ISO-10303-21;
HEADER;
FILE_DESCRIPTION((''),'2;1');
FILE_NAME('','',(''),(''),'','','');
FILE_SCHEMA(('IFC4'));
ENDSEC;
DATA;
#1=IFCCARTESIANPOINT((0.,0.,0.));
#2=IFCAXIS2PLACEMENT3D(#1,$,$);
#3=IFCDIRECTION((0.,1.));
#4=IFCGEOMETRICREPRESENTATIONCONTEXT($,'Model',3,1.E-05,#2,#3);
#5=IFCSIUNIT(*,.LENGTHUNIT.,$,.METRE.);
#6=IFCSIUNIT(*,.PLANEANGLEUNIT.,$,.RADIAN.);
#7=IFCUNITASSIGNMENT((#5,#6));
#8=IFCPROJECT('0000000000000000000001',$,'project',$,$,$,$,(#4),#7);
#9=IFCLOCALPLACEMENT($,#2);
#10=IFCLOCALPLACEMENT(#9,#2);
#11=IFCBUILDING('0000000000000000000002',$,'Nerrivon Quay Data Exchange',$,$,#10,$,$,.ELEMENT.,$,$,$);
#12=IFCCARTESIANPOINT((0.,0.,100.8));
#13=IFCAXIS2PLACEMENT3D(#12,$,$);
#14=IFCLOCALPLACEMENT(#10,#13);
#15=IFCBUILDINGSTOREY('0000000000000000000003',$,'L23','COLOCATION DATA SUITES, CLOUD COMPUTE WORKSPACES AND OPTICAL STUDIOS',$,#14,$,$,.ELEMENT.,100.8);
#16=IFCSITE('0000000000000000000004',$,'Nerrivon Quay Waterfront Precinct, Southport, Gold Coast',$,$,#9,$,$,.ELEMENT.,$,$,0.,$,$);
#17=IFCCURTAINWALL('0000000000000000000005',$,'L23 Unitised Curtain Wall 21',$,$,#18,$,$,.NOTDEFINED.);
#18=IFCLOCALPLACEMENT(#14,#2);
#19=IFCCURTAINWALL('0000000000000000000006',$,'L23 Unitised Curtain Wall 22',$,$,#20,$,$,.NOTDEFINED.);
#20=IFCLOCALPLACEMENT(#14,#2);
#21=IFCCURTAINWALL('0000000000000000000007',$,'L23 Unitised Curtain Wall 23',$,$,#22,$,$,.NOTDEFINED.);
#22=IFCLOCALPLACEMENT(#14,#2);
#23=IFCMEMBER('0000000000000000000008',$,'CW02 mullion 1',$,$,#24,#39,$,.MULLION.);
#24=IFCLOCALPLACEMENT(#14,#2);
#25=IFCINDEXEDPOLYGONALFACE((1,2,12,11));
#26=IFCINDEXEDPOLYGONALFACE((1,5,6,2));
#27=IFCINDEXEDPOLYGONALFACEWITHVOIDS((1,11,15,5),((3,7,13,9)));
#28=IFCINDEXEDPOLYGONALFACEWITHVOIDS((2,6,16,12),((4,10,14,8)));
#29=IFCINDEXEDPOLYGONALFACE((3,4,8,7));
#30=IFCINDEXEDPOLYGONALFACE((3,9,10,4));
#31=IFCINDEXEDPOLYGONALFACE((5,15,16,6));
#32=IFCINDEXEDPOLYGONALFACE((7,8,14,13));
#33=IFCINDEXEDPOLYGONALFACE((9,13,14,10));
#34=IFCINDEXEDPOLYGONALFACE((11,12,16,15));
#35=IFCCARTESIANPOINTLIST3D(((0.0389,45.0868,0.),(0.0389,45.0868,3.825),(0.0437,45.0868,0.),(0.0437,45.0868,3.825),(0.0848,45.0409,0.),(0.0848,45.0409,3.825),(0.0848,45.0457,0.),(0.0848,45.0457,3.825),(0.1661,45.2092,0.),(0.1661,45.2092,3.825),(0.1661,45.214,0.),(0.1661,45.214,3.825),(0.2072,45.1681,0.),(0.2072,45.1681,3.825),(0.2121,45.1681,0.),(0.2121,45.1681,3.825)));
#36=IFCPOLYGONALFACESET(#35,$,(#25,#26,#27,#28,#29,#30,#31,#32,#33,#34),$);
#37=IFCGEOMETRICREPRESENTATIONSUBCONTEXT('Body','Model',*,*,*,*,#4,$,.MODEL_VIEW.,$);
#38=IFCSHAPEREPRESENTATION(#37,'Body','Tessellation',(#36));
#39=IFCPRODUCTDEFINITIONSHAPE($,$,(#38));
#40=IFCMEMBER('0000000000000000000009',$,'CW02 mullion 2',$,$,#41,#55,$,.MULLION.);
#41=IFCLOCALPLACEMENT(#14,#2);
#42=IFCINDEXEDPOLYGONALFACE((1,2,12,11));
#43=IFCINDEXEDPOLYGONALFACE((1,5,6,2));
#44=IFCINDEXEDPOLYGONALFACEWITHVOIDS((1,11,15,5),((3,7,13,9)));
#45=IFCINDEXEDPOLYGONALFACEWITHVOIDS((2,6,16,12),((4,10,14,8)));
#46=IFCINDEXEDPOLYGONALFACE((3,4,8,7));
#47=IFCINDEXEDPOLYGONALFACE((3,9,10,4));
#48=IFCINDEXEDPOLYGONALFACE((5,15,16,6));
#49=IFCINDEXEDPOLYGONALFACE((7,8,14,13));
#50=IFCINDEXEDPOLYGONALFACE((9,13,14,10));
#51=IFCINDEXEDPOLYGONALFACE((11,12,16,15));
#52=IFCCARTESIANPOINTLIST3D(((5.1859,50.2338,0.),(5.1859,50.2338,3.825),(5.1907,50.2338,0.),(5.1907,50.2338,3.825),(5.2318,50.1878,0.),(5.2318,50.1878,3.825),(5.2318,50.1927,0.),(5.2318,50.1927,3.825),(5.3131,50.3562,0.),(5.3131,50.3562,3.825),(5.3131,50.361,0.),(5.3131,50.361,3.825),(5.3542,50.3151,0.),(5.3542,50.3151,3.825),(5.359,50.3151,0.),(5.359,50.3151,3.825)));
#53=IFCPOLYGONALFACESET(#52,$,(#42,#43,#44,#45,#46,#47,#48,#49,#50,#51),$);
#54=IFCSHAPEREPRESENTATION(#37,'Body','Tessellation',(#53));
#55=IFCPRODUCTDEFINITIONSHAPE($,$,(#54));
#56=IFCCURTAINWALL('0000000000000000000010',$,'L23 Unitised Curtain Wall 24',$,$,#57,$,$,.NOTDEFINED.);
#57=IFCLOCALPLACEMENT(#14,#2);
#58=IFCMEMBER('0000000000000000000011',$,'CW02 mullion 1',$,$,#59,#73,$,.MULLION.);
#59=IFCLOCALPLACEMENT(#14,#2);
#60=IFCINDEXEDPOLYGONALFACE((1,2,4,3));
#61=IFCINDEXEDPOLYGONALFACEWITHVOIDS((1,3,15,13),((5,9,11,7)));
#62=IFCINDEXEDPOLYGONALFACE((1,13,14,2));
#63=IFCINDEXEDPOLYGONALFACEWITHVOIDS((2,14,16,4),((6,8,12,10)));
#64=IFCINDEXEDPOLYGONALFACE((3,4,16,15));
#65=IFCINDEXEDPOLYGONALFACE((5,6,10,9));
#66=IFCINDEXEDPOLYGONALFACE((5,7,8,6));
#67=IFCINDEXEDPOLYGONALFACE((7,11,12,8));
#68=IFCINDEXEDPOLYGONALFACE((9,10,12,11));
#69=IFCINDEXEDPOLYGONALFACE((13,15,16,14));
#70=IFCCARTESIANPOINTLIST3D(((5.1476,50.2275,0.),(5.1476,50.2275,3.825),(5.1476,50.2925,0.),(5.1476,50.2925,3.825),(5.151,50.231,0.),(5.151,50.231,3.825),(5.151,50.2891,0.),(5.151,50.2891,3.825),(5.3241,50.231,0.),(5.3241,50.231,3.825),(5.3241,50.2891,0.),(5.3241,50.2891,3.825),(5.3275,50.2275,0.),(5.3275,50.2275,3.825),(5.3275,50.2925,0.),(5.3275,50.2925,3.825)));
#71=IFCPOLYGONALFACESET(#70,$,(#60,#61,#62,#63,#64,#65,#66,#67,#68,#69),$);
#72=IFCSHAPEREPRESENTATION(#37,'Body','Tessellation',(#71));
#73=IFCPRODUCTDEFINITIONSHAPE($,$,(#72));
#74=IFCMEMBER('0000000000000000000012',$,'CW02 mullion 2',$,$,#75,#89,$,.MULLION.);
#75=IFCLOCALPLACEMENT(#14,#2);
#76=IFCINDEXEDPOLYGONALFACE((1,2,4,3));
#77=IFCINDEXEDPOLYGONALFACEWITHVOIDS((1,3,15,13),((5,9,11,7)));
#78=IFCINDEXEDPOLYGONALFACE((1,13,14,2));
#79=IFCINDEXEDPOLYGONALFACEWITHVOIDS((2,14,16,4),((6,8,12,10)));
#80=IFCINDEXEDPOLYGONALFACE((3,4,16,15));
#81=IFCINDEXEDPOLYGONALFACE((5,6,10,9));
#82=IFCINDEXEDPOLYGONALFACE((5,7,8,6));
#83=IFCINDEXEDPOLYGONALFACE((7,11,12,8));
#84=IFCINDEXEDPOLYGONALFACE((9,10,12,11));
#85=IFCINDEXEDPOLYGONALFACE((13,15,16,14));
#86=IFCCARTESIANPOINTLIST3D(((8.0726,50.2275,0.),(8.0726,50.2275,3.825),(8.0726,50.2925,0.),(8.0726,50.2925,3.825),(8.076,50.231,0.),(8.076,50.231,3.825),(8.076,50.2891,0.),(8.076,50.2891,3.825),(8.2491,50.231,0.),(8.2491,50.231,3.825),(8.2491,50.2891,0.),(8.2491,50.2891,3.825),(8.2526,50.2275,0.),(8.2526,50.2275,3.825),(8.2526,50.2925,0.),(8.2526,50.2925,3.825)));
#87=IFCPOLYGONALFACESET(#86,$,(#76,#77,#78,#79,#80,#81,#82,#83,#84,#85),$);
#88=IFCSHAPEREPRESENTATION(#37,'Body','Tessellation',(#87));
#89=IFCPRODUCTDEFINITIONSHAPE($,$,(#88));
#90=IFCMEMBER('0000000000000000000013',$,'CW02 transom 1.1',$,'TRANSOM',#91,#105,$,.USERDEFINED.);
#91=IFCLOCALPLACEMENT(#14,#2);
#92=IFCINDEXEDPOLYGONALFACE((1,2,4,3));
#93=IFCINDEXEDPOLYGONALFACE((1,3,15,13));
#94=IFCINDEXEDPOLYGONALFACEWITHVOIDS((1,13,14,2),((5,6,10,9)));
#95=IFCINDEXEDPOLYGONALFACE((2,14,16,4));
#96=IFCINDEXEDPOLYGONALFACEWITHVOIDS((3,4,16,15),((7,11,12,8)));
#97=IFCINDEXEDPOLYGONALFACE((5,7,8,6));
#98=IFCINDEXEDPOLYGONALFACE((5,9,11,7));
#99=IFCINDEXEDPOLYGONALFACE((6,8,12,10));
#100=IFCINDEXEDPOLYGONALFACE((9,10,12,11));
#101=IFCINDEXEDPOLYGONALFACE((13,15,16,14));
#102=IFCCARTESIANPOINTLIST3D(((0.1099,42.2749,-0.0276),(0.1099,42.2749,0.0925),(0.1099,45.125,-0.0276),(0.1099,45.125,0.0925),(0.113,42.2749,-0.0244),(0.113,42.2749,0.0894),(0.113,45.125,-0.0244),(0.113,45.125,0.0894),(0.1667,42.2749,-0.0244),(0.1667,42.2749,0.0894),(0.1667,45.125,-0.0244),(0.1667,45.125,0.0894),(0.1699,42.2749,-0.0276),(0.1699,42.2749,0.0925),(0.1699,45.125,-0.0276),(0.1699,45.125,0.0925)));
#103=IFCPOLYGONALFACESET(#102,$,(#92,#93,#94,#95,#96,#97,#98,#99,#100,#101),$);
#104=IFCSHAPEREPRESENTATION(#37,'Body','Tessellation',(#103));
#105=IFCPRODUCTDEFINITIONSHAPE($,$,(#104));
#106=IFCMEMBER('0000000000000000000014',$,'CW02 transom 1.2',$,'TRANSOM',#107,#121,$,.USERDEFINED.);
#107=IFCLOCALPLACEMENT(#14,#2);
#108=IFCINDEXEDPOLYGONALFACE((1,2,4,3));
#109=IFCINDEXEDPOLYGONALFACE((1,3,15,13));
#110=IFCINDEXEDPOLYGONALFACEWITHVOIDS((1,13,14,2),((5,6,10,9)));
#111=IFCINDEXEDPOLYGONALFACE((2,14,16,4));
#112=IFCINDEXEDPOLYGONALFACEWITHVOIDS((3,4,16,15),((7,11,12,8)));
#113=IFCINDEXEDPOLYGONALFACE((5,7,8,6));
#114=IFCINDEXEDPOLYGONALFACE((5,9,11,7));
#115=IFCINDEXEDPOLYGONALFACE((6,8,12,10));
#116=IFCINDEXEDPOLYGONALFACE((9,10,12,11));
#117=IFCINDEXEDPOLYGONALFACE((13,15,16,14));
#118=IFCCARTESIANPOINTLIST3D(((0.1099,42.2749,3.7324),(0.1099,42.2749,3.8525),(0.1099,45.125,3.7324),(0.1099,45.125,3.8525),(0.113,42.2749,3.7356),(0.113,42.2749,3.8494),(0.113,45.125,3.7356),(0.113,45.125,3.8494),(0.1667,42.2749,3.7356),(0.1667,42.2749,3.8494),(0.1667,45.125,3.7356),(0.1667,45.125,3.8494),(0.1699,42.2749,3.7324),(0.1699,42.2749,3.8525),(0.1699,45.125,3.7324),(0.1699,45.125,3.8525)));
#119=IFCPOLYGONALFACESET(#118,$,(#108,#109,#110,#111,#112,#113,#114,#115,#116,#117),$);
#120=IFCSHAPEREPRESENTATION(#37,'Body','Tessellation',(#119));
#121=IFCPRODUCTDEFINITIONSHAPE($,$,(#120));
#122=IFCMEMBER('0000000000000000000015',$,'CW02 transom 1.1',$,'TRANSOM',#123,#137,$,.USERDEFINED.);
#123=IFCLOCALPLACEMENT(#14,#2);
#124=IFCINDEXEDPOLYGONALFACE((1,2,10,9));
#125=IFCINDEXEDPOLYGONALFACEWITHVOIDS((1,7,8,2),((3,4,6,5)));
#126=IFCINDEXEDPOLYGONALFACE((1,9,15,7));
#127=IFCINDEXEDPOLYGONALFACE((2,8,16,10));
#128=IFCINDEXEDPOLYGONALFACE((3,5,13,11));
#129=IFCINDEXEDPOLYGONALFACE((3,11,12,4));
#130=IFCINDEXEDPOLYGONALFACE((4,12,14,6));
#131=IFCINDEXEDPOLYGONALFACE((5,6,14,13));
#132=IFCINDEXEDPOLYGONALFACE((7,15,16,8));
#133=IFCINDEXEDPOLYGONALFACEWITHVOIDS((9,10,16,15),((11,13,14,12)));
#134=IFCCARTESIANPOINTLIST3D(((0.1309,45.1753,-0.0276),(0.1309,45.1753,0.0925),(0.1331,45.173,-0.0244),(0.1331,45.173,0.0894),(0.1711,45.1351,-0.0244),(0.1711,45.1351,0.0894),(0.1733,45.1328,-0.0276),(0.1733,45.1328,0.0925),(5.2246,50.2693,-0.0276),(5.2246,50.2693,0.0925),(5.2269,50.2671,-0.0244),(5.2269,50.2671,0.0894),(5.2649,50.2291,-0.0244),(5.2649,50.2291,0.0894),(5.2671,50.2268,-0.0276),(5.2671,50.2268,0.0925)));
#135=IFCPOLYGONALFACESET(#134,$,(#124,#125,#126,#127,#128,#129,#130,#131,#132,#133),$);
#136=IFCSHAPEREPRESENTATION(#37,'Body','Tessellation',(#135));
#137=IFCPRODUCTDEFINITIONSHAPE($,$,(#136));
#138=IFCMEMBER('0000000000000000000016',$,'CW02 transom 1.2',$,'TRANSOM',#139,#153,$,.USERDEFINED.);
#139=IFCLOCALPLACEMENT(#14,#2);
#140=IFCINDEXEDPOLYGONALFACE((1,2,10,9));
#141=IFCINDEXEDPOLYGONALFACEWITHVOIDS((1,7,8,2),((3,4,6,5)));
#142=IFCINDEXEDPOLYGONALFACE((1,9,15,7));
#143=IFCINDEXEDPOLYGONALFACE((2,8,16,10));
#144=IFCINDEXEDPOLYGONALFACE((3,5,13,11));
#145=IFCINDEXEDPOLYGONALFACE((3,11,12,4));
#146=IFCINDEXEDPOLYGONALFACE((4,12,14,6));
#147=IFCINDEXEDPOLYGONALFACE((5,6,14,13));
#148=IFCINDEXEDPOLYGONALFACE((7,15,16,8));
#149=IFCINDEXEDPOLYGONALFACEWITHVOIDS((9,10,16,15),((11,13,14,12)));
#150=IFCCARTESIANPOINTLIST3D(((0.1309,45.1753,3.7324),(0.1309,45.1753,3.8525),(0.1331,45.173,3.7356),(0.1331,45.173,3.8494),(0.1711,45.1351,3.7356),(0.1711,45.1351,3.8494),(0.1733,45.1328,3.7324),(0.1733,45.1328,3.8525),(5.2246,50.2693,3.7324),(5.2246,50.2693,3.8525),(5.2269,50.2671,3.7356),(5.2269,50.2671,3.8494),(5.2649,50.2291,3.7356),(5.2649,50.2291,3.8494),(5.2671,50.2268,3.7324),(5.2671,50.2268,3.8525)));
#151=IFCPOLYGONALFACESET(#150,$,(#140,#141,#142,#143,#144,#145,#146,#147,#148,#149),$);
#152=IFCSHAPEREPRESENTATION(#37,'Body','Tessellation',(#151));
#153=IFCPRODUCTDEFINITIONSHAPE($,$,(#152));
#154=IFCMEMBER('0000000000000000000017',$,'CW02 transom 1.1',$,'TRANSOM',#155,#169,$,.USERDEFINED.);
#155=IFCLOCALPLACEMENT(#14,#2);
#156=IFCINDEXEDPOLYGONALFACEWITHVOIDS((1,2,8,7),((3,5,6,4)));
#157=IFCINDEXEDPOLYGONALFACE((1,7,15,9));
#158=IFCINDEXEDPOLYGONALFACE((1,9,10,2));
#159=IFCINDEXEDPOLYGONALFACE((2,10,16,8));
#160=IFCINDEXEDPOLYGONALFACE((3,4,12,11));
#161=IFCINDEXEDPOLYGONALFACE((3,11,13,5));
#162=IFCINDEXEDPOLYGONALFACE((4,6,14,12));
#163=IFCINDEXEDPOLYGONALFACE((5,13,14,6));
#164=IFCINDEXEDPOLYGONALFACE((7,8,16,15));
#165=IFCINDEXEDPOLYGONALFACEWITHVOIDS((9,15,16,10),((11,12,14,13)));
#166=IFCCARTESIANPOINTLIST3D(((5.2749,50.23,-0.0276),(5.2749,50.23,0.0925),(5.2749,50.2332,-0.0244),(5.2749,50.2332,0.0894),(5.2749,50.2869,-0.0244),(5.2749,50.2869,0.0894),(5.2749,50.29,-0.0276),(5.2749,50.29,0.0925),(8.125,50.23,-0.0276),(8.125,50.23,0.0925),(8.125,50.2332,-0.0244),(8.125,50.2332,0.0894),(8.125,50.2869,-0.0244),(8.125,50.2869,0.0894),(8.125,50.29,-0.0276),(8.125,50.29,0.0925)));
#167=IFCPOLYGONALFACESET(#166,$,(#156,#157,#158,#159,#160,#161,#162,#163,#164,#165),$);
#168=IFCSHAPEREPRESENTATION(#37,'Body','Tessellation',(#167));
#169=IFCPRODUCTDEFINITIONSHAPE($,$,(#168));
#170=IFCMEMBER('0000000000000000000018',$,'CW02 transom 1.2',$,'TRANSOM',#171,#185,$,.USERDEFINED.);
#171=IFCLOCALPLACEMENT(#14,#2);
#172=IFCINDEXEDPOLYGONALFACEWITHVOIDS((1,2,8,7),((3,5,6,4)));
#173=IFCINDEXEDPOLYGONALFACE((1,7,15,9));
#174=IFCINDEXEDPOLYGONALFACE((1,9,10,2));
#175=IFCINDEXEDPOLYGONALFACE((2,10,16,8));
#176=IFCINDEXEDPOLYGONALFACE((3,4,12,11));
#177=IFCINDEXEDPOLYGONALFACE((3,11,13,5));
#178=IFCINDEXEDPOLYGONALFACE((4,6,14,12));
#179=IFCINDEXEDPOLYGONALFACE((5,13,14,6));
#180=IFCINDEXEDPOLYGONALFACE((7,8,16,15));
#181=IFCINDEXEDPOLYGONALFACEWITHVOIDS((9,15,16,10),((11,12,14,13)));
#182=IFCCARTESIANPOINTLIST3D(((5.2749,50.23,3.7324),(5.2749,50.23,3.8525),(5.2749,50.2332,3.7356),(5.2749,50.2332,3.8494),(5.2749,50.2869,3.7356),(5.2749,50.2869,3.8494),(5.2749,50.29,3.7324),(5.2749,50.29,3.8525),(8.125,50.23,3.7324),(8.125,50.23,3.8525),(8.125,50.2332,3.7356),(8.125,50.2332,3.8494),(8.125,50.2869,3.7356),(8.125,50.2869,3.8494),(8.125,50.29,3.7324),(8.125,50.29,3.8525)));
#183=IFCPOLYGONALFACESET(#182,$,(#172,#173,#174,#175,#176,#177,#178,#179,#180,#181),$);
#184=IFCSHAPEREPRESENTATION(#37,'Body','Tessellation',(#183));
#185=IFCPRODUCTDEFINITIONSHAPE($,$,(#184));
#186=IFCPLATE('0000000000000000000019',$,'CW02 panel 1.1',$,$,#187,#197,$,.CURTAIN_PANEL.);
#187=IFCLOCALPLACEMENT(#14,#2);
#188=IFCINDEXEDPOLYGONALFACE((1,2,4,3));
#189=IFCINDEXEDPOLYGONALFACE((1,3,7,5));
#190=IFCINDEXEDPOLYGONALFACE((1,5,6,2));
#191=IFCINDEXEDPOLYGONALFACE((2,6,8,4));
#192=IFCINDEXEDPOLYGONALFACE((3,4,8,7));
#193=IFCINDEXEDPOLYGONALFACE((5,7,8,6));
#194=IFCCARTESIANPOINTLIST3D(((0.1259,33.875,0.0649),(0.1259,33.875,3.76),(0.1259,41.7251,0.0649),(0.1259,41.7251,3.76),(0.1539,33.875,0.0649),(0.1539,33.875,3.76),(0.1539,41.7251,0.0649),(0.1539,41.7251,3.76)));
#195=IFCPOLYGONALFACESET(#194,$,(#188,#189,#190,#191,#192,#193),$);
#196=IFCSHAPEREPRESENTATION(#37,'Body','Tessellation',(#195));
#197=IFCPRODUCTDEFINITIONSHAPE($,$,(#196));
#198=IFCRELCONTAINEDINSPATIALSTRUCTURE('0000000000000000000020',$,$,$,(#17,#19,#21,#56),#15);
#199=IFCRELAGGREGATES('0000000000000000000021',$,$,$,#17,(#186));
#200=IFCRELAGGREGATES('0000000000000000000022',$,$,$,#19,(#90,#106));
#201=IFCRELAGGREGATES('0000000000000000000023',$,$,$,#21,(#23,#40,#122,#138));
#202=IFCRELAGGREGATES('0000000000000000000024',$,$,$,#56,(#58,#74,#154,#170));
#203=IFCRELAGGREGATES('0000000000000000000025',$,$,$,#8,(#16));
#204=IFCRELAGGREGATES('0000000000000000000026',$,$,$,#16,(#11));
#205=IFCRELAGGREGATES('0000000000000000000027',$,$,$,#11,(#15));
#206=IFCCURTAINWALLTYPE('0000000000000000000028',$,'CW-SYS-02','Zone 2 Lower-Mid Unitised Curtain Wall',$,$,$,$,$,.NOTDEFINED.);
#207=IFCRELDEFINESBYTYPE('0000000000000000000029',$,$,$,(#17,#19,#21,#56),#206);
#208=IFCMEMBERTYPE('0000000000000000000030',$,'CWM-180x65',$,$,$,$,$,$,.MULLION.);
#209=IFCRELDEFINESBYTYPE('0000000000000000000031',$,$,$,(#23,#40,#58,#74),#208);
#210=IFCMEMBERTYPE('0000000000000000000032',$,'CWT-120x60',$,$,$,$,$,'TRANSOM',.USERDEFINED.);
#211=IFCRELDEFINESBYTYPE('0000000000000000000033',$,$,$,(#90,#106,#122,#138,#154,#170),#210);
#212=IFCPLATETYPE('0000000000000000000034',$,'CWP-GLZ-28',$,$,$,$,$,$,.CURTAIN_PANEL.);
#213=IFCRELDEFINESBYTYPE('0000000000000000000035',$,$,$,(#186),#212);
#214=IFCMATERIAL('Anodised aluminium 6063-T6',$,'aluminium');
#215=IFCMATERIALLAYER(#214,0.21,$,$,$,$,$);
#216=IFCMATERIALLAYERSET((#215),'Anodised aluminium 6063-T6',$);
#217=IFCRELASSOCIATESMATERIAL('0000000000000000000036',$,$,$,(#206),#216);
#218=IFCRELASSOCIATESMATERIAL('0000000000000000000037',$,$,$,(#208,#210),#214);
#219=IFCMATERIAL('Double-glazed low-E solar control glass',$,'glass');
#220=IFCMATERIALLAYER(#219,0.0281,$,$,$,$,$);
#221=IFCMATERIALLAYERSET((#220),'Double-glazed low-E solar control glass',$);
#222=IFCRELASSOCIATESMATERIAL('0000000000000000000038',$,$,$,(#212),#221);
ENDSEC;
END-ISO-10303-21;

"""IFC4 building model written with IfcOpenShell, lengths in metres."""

from ifc_helpers import new_model, si_unit, direction, frame, origin, origin_2d, place, context, subcontext, project, spatial, rectangle, hollow_rectangle, extrude, material, layer, layer_set, material_profile, profile_set, type_object, element, aggregate, save


model = new_model("IFC4")

# Units and contexts
model_context = context("Model", 3, precision=1e-05, world=origin(), true_north=direction((0.0, 1.0)))
body_context = subcontext(model_context, "Body", "Model", "MODEL_VIEW")
ifc_project = project(units=[si_unit("LENGTHUNIT", "METRE"), si_unit("PLANEANGLEUNIT", "RADIAN")], contexts=[model_context])

# Site, building, storey
site_placement = place(None, origin())
site = spatial("IfcSite", under=ifc_project, at=site_placement, Name="Nerrivon Quay Waterfront Precinct, Southport, Gold Coast", CompositionType="ELEMENT", RefElevation=0.0)
building_placement = place(site_placement, origin())
building = spatial("IfcBuilding", under=site, at=building_placement, Name="Nerrivon Quay Data Exchange", CompositionType="ELEMENT")
storey_placement = place(building_placement, frame((0.0, 0.0, 100.8)))
storey = spatial("IfcBuildingStorey", under=building, at=storey_placement, Name="L23", Description="COLOCATION DATA SUITES, CLOUD COMPUTE WORKSPACES AND OPTICAL STUDIOS", CompositionType="ELEMENT", Elevation=100.8)

# Curtain wall
ifc_material_1 = material(Name="Anodised aluminium 6063-T6", Category="aluminium")
ifc_layer_1 = layer(ifc_material_1, 0.21)
ifc_layer_set_1 = layer_set([ifc_layer_1], Name="Anodised aluminium 6063-T6")
curtain_wall_type = type_object("IfcCurtainWallType", Name="CW-SYS-02", Description="Zone 2 Lower-Mid Unitised Curtain Wall", PredefinedType="NOTDEFINED", material=ifc_layer_set_1)
curtain_wall_1_placement = place(storey_placement, origin())
curtain_wall_1 = element("IfcCurtainWall", 1, at=curtain_wall_1_placement, inside=storey, type_object=curtain_wall_type, Name="L23 Unitised Curtain Wall 21", PredefinedType="NOTDEFINED")
ifc_material_profile_1 = material_profile(ifc_material_1, hollow_rectangle(XDim=0.0649, YDim=0.1799, WallThickness=0.0034, at=origin_2d()), Name="ALU-MULL-180x65")
ifc_profile_set_1 = profile_set([ifc_material_profile_1], Name="Anodised aluminium 6063-T6")
member_type_1 = type_object("IfcMemberType", Name="CWM-180x65", PredefinedType="MULLION", material=ifc_profile_set_1)

# Curtain walls, members
curtain_wall_2_placement = place(storey_placement, origin())
curtain_wall_2 = element("IfcCurtainWall", 2, at=curtain_wall_2_placement, inside=storey, type_object=curtain_wall_type, Name="L23 Unitised Curtain Wall 22", PredefinedType="NOTDEFINED")
curtain_wall_3_placement = place(storey_placement, origin())
curtain_wall_3 = element("IfcCurtainWall", 3, at=curtain_wall_3_placement, inside=storey, type_object=curtain_wall_type, Name="L23 Unitised Curtain Wall 23", PredefinedType="NOTDEFINED")
member_1_placement = place(storey_placement, frame((0.1255, 45.1274, 0.0), z_axis=(0.0, 0.0, 1.0), x_axis=(-0.707107, 0.707107, 0.0)))
member_1 = element("IfcMember", 4, at=member_1_placement, type_object=member_type_1, Name="CW02 mullion 1", PredefinedType="MULLION", context=body_context, shape_type="SweptSolid", body=[
    extrude(hollow_rectangle(XDim=0.0649, YDim=0.1799, WallThickness=0.0034, at=origin_2d()), origin(), (0.0, 0.0, 1.0), 3.825),
])
member_2_placement = place(storey_placement, frame((5.2725, 50.2744, 0.0), z_axis=(0.0, 0.0, 1.0), x_axis=(-0.707107, 0.707107, 0.0)))
member_2 = element("IfcMember", 5, at=member_2_placement, type_object=member_type_1, Name="CW02 mullion 2", PredefinedType="MULLION", context=body_context, shape_type="SweptSolid", body=[
    extrude(hollow_rectangle(XDim=0.0649, YDim=0.1799, WallThickness=0.0034, at=origin_2d()), origin(), (0.0, 0.0, 1.0), 3.825),
])
curtain_wall_4_placement = place(storey_placement, origin())
curtain_wall_4 = element("IfcCurtainWall", 6, at=curtain_wall_4_placement, inside=storey, type_object=curtain_wall_type, Name="L23 Unitised Curtain Wall 24", PredefinedType="NOTDEFINED")
member_3_placement = place(storey_placement, frame((5.2375, 50.26, 0.0), z_axis=(0.0, 0.0, 1.0), x_axis=(0.0, 1.0, 0.0)))
member_3 = element("IfcMember", 7, at=member_3_placement, type_object=member_type_1, Name="CW02 mullion 1", PredefinedType="MULLION", context=body_context, shape_type="SweptSolid", body=[
    extrude(hollow_rectangle(XDim=0.0649, YDim=0.1799, WallThickness=0.0034, at=origin_2d()), origin(), (0.0, 0.0, 1.0), 3.825),
])
member_4_placement = place(storey_placement, frame((8.1626, 50.26, 0.0), z_axis=(0.0, 0.0, 1.0), x_axis=(0.0, 1.0, 0.0)))
member_4 = element("IfcMember", 8, at=member_4_placement, type_object=member_type_1, Name="CW02 mullion 2", PredefinedType="MULLION", context=body_context, shape_type="SweptSolid", body=[
    extrude(hollow_rectangle(XDim=0.0649, YDim=0.1799, WallThickness=0.0034, at=origin_2d()), origin(), (0.0, 0.0, 1.0), 3.825),
])

# Members
ifc_material_profile_2 = material_profile(ifc_material_1, hollow_rectangle(XDim=0.0601, YDim=0.1201, WallThickness=0.0032, at=origin_2d()), Name="ALU-TRAN-120x60")
ifc_profile_set_2 = profile_set([ifc_material_profile_2], Name="Anodised aluminium 6063-T6")
member_type_2 = type_object("IfcMemberType", Name="CWT-120x60", ElementType="TRANSOM", PredefinedType="USERDEFINED", material=ifc_profile_set_2)
member_5_placement = place(storey_placement, frame((0.1399, 42.2749, 0.0325), z_axis=(0.0, 1.0, 0.0), x_axis=(-1.0, 0.0, 0.0)))
member_5 = element("IfcMember", 9, at=member_5_placement, type_object=member_type_2, Name="CW02 transom 1.1", ObjectType="TRANSOM", PredefinedType="USERDEFINED", context=body_context, shape_type="SweptSolid", body=[
    extrude(hollow_rectangle(XDim=0.0601, YDim=0.1201, WallThickness=0.0032, at=origin_2d()), origin(), (0.0, 0.0, 1.0), 2.8501),
])
member_6_placement = place(storey_placement, frame((0.1399, 42.2749, 3.7925), z_axis=(0.0, 1.0, 0.0), x_axis=(-1.0, 0.0, 0.0)))
member_6 = element("IfcMember", 10, at=member_6_placement, type_object=member_type_2, Name="CW02 transom 1.2", ObjectType="TRANSOM", PredefinedType="USERDEFINED", context=body_context, shape_type="SweptSolid", body=[
    extrude(hollow_rectangle(XDim=0.0601, YDim=0.1201, WallThickness=0.0032, at=origin_2d()), origin(), (0.0, 0.0, 1.0), 2.8501),
])
member_7_placement = place(storey_placement, frame((0.1521, 45.1541, 0.0325), z_axis=(0.70709, 0.707124, 0.0), x_axis=(-0.707124, 0.70709, 0.0)))
member_7 = element("IfcMember", 11, at=member_7_placement, type_object=member_type_2, Name="CW02 transom 1.1", ObjectType="TRANSOM", PredefinedType="USERDEFINED", context=body_context, shape_type="SweptSolid", body=[
    extrude(hollow_rectangle(XDim=0.0601, YDim=0.1201, WallThickness=0.0032, at=origin_2d()), origin(), (0.0, 0.0, 1.0), 7.2039),
])
member_8_placement = place(storey_placement, frame((0.1521, 45.1541, 3.7925), z_axis=(0.70709, 0.707124, 0.0), x_axis=(-0.707124, 0.70709, 0.0)))
member_8 = element("IfcMember", 12, at=member_8_placement, type_object=member_type_2, Name="CW02 transom 1.2", ObjectType="TRANSOM", PredefinedType="USERDEFINED", context=body_context, shape_type="SweptSolid", body=[
    extrude(hollow_rectangle(XDim=0.0601, YDim=0.1201, WallThickness=0.0032, at=origin_2d()), origin(), (0.0, 0.0, 1.0), 7.2039),
])
member_9_placement = place(storey_placement, frame((5.2749, 50.26, 0.0325), z_axis=(1.0, 0.0, 0.0), x_axis=(0.0, 1.0, 0.0)))
member_9 = element("IfcMember", 13, at=member_9_placement, type_object=member_type_2, Name="CW02 transom 1.1", ObjectType="TRANSOM", PredefinedType="USERDEFINED", context=body_context, shape_type="SweptSolid", body=[
    extrude(hollow_rectangle(XDim=0.0601, YDim=0.1201, WallThickness=0.0032, at=origin_2d()), origin(), (0.0, 0.0, 1.0), 2.8501),
])
member_10_placement = place(storey_placement, frame((5.2749, 50.26, 3.7925), z_axis=(1.0, 0.0, 0.0), x_axis=(0.0, 1.0, 0.0)))
member_10 = element("IfcMember", 14, at=member_10_placement, type_object=member_type_2, Name="CW02 transom 1.2", ObjectType="TRANSOM", PredefinedType="USERDEFINED", context=body_context, shape_type="SweptSolid", body=[
    extrude(hollow_rectangle(XDim=0.0601, YDim=0.1201, WallThickness=0.0032, at=origin_2d()), origin(), (0.0, 0.0, 1.0), 2.8501),
])

# Plate
ifc_material_2 = material(Name="Double-glazed low-E solar control glass", Category="glass")
ifc_layer_2 = layer(ifc_material_2, 0.0281)
ifc_layer_set_2 = layer_set([ifc_layer_2], Name="Double-glazed low-E solar control glass")
plate_type = type_object("IfcPlateType", Name="CWP-GLZ-28", PredefinedType="CURTAIN_PANEL", material=ifc_layer_set_2)
plate_1_placement = place(storey_placement, frame((0.1399, 37.8, 0.0649), z_axis=(0.0, 0.0, 1.0), x_axis=(0.0, 1.0, 0.0)))
plate_1 = element("IfcPlate", 15, at=plate_1_placement, type_object=plate_type, Name="CW02 panel 1.1", PredefinedType="CURTAIN_PANEL", context=body_context, shape_type="SweptSolid", body=[
    extrude(rectangle(XDim=7.8501, YDim=0.0281, at=origin_2d()), origin(), (0.0, 0.0, 1.0), 3.6951),
])
aggregate(curtain_wall_1, [plate_1])
aggregate(curtain_wall_2, [member_5, member_6])
aggregate(curtain_wall_3, [member_1, member_2, member_7, member_8])
aggregate(curtain_wall_4, [member_3, member_4, member_9, member_10])

save(model, "model.ifc")
